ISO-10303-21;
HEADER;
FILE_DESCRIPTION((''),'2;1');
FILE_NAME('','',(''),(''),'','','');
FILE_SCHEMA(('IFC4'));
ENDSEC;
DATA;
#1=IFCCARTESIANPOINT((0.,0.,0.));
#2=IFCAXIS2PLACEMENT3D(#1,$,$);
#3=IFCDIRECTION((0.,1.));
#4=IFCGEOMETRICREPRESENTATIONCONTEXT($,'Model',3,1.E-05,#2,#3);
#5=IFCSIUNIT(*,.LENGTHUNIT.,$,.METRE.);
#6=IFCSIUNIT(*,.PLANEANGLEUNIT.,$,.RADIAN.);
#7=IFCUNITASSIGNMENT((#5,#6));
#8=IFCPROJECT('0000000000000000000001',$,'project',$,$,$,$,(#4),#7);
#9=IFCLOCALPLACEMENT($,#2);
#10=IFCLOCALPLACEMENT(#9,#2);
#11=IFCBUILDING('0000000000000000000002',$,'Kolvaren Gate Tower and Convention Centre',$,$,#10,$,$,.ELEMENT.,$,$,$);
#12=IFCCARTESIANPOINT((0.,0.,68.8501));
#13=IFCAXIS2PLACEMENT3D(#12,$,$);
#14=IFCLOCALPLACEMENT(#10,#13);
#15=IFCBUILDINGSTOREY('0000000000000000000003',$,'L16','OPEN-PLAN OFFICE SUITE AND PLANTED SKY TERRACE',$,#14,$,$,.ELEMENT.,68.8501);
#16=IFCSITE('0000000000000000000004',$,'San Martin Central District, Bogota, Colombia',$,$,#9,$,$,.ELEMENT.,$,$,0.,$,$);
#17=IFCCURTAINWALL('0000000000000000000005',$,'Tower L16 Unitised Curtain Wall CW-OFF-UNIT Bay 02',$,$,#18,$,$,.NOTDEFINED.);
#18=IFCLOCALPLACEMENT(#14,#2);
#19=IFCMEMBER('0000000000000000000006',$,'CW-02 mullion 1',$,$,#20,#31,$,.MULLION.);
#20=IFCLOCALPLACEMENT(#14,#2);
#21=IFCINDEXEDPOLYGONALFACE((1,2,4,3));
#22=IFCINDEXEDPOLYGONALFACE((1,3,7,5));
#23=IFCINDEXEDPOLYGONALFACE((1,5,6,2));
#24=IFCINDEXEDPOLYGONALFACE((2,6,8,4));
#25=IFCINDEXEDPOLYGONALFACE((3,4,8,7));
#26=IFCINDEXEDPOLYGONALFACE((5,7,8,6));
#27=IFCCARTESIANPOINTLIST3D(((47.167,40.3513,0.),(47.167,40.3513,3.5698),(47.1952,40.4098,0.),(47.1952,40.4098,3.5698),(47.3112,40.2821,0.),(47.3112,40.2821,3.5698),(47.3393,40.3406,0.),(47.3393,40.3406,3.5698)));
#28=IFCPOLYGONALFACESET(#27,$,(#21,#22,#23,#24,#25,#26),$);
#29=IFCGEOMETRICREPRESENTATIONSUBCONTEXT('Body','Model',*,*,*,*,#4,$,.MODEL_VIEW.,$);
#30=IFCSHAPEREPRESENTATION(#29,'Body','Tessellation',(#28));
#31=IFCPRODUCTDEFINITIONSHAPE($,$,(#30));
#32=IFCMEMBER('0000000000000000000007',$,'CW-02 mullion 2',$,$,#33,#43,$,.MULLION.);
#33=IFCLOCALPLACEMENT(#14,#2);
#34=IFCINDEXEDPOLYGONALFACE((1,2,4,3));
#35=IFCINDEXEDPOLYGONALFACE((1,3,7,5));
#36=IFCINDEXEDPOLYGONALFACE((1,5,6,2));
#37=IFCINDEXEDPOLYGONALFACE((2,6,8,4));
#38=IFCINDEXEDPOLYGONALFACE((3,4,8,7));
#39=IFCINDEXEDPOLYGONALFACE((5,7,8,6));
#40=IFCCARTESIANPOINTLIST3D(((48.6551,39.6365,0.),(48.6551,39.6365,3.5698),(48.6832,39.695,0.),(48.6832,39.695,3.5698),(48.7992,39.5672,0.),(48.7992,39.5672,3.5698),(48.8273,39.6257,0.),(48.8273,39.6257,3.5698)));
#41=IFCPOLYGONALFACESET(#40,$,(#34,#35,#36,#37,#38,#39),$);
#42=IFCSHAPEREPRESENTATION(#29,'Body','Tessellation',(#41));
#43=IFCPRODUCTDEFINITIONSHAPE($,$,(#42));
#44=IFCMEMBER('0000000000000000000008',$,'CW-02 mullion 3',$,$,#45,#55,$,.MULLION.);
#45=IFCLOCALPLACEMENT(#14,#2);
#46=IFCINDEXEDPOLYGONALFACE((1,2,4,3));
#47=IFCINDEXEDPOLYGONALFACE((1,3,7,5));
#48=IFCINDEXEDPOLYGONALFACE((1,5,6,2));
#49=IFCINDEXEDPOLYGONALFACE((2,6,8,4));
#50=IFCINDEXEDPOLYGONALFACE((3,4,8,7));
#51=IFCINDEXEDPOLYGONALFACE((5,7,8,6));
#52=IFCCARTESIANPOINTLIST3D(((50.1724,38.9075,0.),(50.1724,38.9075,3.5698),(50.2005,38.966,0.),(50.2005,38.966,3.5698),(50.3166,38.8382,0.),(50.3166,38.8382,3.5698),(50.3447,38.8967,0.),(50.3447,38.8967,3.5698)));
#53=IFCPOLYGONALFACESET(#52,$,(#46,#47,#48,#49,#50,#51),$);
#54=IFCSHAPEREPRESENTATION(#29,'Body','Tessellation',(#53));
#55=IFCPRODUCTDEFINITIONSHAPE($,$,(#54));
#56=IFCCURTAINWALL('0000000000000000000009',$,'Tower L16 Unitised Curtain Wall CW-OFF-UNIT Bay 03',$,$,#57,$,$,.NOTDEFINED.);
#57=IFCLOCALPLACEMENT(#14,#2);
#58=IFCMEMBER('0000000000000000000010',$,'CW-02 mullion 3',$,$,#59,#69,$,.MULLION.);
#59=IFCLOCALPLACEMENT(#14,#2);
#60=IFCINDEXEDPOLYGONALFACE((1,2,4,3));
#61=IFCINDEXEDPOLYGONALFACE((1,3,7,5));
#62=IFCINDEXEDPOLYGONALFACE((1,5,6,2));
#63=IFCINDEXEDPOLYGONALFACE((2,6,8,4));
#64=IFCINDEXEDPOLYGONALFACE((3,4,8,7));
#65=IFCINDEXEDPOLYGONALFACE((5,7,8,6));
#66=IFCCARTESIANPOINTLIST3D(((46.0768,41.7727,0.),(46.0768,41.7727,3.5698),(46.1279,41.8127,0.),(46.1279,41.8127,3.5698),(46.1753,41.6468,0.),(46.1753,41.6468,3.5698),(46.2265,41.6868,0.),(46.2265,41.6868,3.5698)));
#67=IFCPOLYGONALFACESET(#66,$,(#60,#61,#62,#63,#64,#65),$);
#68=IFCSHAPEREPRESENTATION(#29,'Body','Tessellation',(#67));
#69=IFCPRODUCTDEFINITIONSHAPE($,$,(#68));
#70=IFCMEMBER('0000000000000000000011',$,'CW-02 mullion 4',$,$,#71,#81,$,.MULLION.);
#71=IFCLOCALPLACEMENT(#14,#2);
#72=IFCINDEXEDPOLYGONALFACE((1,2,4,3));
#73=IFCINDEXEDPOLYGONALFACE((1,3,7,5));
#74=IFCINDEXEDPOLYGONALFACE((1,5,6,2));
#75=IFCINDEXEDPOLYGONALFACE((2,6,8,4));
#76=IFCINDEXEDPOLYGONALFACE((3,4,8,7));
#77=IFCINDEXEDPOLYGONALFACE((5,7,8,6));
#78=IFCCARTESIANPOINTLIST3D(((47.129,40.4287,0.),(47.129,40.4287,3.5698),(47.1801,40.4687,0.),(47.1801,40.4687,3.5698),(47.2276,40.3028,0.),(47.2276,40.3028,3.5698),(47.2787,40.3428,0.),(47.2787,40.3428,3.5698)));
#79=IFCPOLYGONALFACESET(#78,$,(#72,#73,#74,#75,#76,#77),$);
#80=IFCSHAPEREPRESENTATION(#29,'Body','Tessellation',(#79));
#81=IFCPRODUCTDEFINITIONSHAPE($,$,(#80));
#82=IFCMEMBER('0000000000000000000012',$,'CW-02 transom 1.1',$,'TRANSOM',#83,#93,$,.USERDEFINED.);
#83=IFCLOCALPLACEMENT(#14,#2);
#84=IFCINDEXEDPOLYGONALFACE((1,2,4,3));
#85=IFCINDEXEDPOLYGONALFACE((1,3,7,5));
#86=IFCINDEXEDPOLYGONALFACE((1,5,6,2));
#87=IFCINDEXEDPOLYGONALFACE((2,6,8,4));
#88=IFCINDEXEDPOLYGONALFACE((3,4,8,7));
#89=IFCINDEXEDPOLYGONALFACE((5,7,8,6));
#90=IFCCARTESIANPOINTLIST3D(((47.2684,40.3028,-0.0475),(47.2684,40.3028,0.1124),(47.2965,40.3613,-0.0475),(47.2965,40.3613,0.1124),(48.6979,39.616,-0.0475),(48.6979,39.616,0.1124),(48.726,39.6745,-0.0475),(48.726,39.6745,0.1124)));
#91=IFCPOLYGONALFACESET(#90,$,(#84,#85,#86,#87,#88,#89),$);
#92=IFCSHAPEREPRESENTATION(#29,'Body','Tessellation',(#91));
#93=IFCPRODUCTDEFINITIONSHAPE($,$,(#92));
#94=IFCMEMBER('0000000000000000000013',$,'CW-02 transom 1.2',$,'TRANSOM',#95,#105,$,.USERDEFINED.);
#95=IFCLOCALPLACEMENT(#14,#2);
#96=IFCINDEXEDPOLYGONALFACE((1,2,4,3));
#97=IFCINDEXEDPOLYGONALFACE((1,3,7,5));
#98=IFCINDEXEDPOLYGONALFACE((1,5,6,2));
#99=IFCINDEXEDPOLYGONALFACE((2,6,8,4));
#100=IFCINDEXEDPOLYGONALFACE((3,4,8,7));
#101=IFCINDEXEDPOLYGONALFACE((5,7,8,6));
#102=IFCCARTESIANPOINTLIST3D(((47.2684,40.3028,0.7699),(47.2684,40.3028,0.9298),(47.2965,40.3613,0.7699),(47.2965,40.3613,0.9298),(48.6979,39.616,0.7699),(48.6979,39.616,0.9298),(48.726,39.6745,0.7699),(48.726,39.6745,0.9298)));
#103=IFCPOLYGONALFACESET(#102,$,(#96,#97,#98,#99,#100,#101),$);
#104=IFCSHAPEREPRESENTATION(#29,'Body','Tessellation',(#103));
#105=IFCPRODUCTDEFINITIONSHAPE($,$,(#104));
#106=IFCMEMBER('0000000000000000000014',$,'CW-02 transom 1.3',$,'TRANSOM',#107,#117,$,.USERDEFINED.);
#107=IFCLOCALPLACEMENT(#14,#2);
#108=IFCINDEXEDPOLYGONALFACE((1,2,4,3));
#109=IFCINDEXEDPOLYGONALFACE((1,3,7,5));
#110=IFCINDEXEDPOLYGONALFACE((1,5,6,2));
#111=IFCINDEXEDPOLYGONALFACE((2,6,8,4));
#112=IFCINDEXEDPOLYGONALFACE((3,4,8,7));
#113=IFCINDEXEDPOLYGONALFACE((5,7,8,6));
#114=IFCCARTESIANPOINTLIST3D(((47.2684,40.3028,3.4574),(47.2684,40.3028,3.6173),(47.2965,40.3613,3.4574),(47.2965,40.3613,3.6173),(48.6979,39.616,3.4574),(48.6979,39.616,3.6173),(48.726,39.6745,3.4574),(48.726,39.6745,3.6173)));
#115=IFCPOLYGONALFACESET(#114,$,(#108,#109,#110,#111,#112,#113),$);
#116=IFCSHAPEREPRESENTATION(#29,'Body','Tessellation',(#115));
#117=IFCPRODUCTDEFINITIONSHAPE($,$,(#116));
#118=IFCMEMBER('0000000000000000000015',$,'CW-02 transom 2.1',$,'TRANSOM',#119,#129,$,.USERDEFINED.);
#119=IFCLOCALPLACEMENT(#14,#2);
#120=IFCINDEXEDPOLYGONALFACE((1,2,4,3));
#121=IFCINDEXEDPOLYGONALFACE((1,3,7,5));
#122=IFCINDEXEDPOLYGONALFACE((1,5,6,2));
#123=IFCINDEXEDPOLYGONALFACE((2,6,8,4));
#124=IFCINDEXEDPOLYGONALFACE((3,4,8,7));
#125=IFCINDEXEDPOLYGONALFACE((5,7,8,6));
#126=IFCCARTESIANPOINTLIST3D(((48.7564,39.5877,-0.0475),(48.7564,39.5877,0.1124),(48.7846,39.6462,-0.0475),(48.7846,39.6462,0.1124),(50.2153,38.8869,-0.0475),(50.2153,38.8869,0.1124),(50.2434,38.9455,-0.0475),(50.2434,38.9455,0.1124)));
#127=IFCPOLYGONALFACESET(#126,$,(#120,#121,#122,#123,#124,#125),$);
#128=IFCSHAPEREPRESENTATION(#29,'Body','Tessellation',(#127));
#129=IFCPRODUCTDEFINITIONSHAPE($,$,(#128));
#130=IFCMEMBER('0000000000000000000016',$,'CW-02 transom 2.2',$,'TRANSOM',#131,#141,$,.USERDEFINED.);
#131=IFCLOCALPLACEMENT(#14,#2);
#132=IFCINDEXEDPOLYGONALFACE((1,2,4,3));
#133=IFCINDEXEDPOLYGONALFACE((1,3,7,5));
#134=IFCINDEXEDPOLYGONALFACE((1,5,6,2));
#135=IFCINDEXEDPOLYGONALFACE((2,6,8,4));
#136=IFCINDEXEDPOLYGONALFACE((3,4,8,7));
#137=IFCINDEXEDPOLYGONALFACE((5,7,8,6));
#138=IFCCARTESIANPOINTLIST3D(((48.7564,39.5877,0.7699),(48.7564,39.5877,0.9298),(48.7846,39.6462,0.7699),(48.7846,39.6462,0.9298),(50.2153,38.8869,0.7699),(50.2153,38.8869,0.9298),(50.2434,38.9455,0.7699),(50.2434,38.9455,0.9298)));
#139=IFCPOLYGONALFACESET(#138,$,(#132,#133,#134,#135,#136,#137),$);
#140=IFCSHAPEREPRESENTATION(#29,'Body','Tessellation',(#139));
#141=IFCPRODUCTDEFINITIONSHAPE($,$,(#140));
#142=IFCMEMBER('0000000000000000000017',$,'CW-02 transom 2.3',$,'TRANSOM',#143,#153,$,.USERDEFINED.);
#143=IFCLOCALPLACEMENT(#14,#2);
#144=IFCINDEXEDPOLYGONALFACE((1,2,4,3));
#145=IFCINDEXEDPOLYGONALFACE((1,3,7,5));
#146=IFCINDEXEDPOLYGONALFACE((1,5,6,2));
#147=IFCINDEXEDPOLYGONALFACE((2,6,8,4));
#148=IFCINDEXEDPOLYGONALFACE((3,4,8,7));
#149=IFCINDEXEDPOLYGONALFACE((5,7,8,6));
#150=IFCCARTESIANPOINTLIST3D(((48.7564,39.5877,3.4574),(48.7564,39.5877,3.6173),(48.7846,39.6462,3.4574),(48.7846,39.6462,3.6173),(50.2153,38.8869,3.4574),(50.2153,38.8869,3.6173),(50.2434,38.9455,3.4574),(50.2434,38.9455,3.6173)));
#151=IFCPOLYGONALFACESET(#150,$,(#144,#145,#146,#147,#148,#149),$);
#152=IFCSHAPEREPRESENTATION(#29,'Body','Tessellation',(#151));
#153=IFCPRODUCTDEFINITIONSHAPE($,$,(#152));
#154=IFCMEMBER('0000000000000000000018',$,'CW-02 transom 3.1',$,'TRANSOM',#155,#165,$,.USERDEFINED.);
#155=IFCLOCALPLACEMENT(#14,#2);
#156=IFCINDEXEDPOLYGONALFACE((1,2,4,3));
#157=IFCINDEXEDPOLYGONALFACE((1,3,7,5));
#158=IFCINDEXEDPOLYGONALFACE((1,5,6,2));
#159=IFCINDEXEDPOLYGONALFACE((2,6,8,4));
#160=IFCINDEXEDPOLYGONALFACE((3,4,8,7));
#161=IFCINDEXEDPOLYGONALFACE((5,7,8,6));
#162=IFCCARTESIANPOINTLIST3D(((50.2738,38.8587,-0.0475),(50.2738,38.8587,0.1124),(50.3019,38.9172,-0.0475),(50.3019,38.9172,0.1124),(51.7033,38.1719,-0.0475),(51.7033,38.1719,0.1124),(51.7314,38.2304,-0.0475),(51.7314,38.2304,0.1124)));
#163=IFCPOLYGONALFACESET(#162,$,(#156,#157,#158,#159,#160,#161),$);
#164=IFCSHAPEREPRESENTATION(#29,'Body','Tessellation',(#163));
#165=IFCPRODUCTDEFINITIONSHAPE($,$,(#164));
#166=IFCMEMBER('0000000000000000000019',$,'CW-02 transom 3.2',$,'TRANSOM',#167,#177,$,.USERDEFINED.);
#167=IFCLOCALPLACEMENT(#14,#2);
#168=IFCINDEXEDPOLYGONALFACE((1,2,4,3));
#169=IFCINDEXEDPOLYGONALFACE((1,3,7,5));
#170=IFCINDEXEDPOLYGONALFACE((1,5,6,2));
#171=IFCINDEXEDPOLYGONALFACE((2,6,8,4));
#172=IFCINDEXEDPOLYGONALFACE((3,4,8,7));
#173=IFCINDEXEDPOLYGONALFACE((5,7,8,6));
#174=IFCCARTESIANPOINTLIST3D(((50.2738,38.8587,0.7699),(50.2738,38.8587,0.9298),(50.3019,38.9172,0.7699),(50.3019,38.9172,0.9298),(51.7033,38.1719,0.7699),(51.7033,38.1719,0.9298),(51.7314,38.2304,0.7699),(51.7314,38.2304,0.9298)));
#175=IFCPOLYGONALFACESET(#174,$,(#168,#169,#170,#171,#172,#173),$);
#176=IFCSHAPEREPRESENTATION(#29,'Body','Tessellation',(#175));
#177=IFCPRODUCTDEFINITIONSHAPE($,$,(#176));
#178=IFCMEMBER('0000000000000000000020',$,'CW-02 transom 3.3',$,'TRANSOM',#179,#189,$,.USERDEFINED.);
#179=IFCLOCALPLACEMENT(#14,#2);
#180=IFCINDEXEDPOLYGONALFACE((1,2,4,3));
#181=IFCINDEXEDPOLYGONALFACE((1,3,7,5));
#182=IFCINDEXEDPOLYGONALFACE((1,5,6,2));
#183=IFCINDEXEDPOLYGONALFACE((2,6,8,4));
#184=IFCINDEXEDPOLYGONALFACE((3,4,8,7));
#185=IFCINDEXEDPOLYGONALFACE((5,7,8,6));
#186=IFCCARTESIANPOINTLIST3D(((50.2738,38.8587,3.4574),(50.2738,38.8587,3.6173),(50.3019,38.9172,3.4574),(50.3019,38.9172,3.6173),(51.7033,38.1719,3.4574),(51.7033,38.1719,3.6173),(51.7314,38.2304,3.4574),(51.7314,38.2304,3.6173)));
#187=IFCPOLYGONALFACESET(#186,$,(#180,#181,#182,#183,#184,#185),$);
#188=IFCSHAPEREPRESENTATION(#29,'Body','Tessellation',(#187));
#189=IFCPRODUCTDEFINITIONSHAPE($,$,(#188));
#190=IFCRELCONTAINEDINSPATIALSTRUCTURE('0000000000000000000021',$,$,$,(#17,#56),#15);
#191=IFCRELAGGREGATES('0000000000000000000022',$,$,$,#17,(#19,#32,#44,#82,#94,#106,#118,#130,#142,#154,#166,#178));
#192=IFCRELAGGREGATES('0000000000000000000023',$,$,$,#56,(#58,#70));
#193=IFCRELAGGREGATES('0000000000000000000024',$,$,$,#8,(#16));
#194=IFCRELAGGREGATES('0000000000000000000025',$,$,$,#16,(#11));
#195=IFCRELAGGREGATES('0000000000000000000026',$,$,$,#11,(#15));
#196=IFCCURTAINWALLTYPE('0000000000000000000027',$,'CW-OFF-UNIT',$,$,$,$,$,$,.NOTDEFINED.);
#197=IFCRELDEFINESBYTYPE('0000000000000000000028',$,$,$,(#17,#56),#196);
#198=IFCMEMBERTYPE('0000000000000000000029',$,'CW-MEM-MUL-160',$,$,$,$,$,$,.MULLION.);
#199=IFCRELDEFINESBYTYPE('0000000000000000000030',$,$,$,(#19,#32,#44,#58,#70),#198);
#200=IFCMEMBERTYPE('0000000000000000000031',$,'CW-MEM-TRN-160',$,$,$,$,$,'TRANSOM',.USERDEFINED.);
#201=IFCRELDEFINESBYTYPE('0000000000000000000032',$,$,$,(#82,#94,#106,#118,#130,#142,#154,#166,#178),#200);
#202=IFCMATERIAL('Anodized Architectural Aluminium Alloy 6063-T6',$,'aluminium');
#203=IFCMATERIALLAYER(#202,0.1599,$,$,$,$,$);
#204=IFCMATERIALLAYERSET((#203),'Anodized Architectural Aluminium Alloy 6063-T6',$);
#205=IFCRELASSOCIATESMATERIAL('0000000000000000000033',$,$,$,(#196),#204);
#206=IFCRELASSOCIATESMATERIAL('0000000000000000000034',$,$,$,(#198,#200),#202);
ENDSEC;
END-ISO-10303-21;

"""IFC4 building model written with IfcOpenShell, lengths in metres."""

from ifc_helpers import new_model, si_unit, direction, frame, origin, origin_2d, place, context, subcontext, project, spatial, rectangle, extrude, material, layer, layer_set, material_profile, profile_set, type_object, element, aggregate, save


model = new_model("IFC4")

# Units and contexts
model_context = context("Model", 3, precision=1e-05, world=origin(), true_north=direction((0.0, 1.0)))
body_context = subcontext(model_context, "Body", "Model", "MODEL_VIEW")
ifc_project = project(units=[si_unit("LENGTHUNIT", "METRE"), si_unit("PLANEANGLEUNIT", "RADIAN")], contexts=[model_context])

# Site, building, storey
site_placement = place(None, origin())
site = spatial("IfcSite", under=ifc_project, at=site_placement, Name="San Martin Central District, Bogota, Colombia", CompositionType="ELEMENT", RefElevation=0.0)
building_placement = place(site_placement, origin())
building = spatial("IfcBuilding", under=site, at=building_placement, Name="Kolvaren Gate Tower and Convention Centre", CompositionType="ELEMENT")
storey_placement = place(building_placement, frame((0.0, 0.0, 68.8501)))
storey = spatial("IfcBuildingStorey", under=building, at=storey_placement, Name="L16", Description="OPEN-PLAN OFFICE SUITE AND PLANTED SKY TERRACE", CompositionType="ELEMENT", Elevation=68.8501)

# Curtain walls, members
ifc_material_1 = material(Name="Anodized Architectural Aluminium Alloy 6063-T6", Category="aluminium")
ifc_layer_1 = layer(ifc_material_1, 0.1599)
ifc_layer_set_1 = layer_set([ifc_layer_1], Name="Anodized Architectural Aluminium Alloy 6063-T6")
curtain_wall_type = type_object("IfcCurtainWallType", Name="CW-OFF-UNIT", PredefinedType="NOTDEFINED", material=ifc_layer_set_1)
curtain_wall_1_placement = place(storey_placement, origin())
curtain_wall_1 = element("IfcCurtainWall", 1, at=curtain_wall_1_placement, inside=storey, type_object=curtain_wall_type, Name="Tower L16 Unitised Curtain Wall CW-OFF-UNIT Bay 02", PredefinedType="NOTDEFINED")
ifc_material_profile_1 = material_profile(ifc_material_1, rectangle(XDim=0.0649, YDim=0.1599, at=origin_2d()), Name="CW-MEM-MUL-160")
ifc_profile_set_1 = profile_set([ifc_material_profile_1], Name="Anodized Architectural Aluminium Alloy 6063-T6")
member_type_1 = type_object("IfcMemberType", Name="CW-MEM-MUL-160", PredefinedType="MULLION", material=ifc_profile_set_1)
member_1_placement = place(storey_placement, frame((47.2532, 40.3459, 0.0), z_axis=(0.0, 0.0, 1.0), x_axis=(0.433067, 0.901362, 0.0)))
member_1 = element("IfcMember", 2, at=member_1_placement, type_object=member_type_1, Name="CW-02 mullion 1", PredefinedType="MULLION", context=body_context, shape_type="SweptSolid", body=[
    extrude(rectangle(XDim=0.0649, YDim=0.1599, at=origin_2d()), origin(), (0.0, 0.0, 1.0), 3.5698),
])
member_2_placement = place(storey_placement, frame((48.7412, 39.6311, 0.0), z_axis=(0.0, 0.0, 1.0), x_axis=(0.433067, 0.901362, 0.0)))
member_2 = element("IfcMember", 3, at=member_2_placement, type_object=member_type_1, Name="CW-02 mullion 2", PredefinedType="MULLION", context=body_context, shape_type="SweptSolid", body=[
    extrude(rectangle(XDim=0.0649, YDim=0.1599, at=origin_2d()), origin(), (0.0, 0.0, 1.0), 3.5698),
])
member_3_placement = place(storey_placement, frame((50.2585, 38.9021, 0.0), z_axis=(0.0, 0.0, 1.0), x_axis=(0.433067, 0.901362, 0.0)))
member_3 = element("IfcMember", 4, at=member_3_placement, type_object=member_type_1, Name="CW-02 mullion 3", PredefinedType="MULLION", context=body_context, shape_type="SweptSolid", body=[
    extrude(rectangle(XDim=0.0649, YDim=0.1599, at=origin_2d()), origin(), (0.0, 0.0, 1.0), 3.5698),
])
curtain_wall_2_placement = place(storey_placement, origin())
curtain_wall_2 = element("IfcCurtainWall", 5, at=curtain_wall_2_placement, inside=storey, type_object=curtain_wall_type, Name="Tower L16 Unitised Curtain Wall CW-OFF-UNIT Bay 03", PredefinedType="NOTDEFINED")
member_4_placement = place(storey_placement, frame((46.1516, 41.7297, 0.0), z_axis=(0.0, 0.0, 1.0), x_axis=(0.787406, 0.616434, 0.0)))
member_4 = element("IfcMember", 6, at=member_4_placement, type_object=member_type_1, Name="CW-02 mullion 3", PredefinedType="MULLION", context=body_context, shape_type="SweptSolid", body=[
    extrude(rectangle(XDim=0.0649, YDim=0.1599, at=origin_2d()), origin(), (0.0, 0.0, 1.0), 3.5698),
])
member_5_placement = place(storey_placement, frame((47.2039, 40.3857, 0.0), z_axis=(0.0, 0.0, 1.0), x_axis=(0.787406, 0.616434, 0.0)))
member_5 = element("IfcMember", 7, at=member_5_placement, type_object=member_type_1, Name="CW-02 mullion 4", PredefinedType="MULLION", context=body_context, shape_type="SweptSolid", body=[
    extrude(rectangle(XDim=0.0649, YDim=0.1599, at=origin_2d()), origin(), (0.0, 0.0, 1.0), 3.5698),
])

# Members
ifc_material_profile_2 = material_profile(ifc_material_1, rectangle(XDim=0.0649, YDim=0.1599, at=origin_2d()), Name="CW-MEM-TRN-160")
ifc_profile_set_2 = profile_set([ifc_material_profile_2], Name="Anodized Architectural Aluminium Alloy 6063-T6")
member_type_2 = type_object("IfcMemberType", Name="CW-MEM-TRN-160", ElementType="TRANSOM", PredefinedType="USERDEFINED", material=ifc_profile_set_2)
member_6_placement = place(storey_placement, frame((47.2825, 40.332, 0.0325), z_axis=(0.901367, -0.433056, 0.0), x_axis=(0.433056, 0.901367, 0.0)))
member_6 = element("IfcMember", 8, at=member_6_placement, type_object=member_type_2, Name="CW-02 transom 1.1", ObjectType="TRANSOM", PredefinedType="USERDEFINED", context=body_context, shape_type="SweptSolid", body=[
    extrude(rectangle(XDim=0.0649, YDim=0.1599, at=origin_2d()), origin(), (0.0, 0.0, 1.0), 1.5859),
])
member_7_placement = place(storey_placement, frame((47.2825, 40.332, 0.8499), z_axis=(0.901367, -0.433056, 0.0), x_axis=(0.433056, 0.901367, 0.0)))
member_7 = element("IfcMember", 9, at=member_7_placement, type_object=member_type_2, Name="CW-02 transom 1.2", ObjectType="TRANSOM", PredefinedType="USERDEFINED", context=body_context, shape_type="SweptSolid", body=[
    extrude(rectangle(XDim=0.0649, YDim=0.1599, at=origin_2d()), origin(), (0.0, 0.0, 1.0), 1.5859),
])
member_8_placement = place(storey_placement, frame((47.2825, 40.332, 3.5374), z_axis=(0.901367, -0.433056, 0.0), x_axis=(0.433056, 0.901367, 0.0)))
member_8 = element("IfcMember", 10, at=member_8_placement, type_object=member_type_2, Name="CW-02 transom 1.3", ObjectType="TRANSOM", PredefinedType="USERDEFINED", context=body_context, shape_type="SweptSolid", body=[
    extrude(rectangle(XDim=0.0649, YDim=0.1599, at=origin_2d()), origin(), (0.0, 0.0, 1.0), 1.5859),
])
member_9_placement = place(storey_placement, frame((48.7705, 39.6169, 0.0325), z_axis=(0.901405, -0.432976, 0.0), x_axis=(0.432976, 0.901405, 0.0)))
member_9 = element("IfcMember", 11, at=member_9_placement, type_object=member_type_2, Name="CW-02 transom 2.1", ObjectType="TRANSOM", PredefinedType="USERDEFINED", context=body_context, shape_type="SweptSolid", body=[
    extrude(rectangle(XDim=0.0649, YDim=0.1599, at=origin_2d()), origin(), (0.0, 0.0, 1.0), 1.6184),
])
member_10_placement = place(storey_placement, frame((48.7705, 39.6169, 0.8499), z_axis=(0.901405, -0.432976, 0.0), x_axis=(0.432976, 0.901405, 0.0)))
member_10 = element("IfcMember", 12, at=member_10_placement, type_object=member_type_2, Name="CW-02 transom 2.2", ObjectType="TRANSOM", PredefinedType="USERDEFINED", context=body_context, shape_type="SweptSolid", body=[
    extrude(rectangle(XDim=0.0649, YDim=0.1599, at=origin_2d()), origin(), (0.0, 0.0, 1.0), 1.6184),
])
member_11_placement = place(storey_placement, frame((48.7705, 39.6169, 3.5374), z_axis=(0.901405, -0.432976, 0.0), x_axis=(0.432976, 0.901405, 0.0)))
member_11 = element("IfcMember", 13, at=member_11_placement, type_object=member_type_2, Name="CW-02 transom 2.3", ObjectType="TRANSOM", PredefinedType="USERDEFINED", context=body_context, shape_type="SweptSolid", body=[
    extrude(rectangle(XDim=0.0649, YDim=0.1599, at=origin_2d()), origin(), (0.0, 0.0, 1.0), 1.6184),
])
member_12_placement = place(storey_placement, frame((50.2878, 38.8879, 0.0325), z_axis=(0.901367, -0.433056, 0.0), x_axis=(0.433056, 0.901367, 0.0)))
member_12 = element("IfcMember", 14, at=member_12_placement, type_object=member_type_2, Name="CW-02 transom 3.1", ObjectType="TRANSOM", PredefinedType="USERDEFINED", context=body_context, shape_type="SweptSolid", body=[
    extrude(rectangle(XDim=0.0649, YDim=0.1599, at=origin_2d()), origin(), (0.0, 0.0, 1.0), 1.5859),
])
member_13_placement = place(storey_placement, frame((50.2878, 38.8879, 0.8499), z_axis=(0.901367, -0.433056, 0.0), x_axis=(0.433056, 0.901367, 0.0)))
member_13 = element("IfcMember", 15, at=member_13_placement, type_object=member_type_2, Name="CW-02 transom 3.2", ObjectType="TRANSOM", PredefinedType="USERDEFINED", context=body_context, shape_type="SweptSolid", body=[
    extrude(rectangle(XDim=0.0649, YDim=0.1599, at=origin_2d()), origin(), (0.0, 0.0, 1.0), 1.5859),
])
member_14_placement = place(storey_placement, frame((50.2878, 38.8879, 3.5374), z_axis=(0.901367, -0.433056, 0.0), x_axis=(0.433056, 0.901367, 0.0)))
member_14 = element("IfcMember", 16, at=member_14_placement, type_object=member_type_2, Name="CW-02 transom 3.3", ObjectType="TRANSOM", PredefinedType="USERDEFINED", context=body_context, shape_type="SweptSolid", body=[
    extrude(rectangle(XDim=0.0649, YDim=0.1599, at=origin_2d()), origin(), (0.0, 0.0, 1.0), 1.5859),
])

aggregate(curtain_wall_1, [member_1, member_2, member_3, member_6, member_7, member_8, member_9, member_10, member_11, member_12, member_13, member_14])
aggregate(curtain_wall_2, [member_4, member_5])

save(model, "model.ifc")
